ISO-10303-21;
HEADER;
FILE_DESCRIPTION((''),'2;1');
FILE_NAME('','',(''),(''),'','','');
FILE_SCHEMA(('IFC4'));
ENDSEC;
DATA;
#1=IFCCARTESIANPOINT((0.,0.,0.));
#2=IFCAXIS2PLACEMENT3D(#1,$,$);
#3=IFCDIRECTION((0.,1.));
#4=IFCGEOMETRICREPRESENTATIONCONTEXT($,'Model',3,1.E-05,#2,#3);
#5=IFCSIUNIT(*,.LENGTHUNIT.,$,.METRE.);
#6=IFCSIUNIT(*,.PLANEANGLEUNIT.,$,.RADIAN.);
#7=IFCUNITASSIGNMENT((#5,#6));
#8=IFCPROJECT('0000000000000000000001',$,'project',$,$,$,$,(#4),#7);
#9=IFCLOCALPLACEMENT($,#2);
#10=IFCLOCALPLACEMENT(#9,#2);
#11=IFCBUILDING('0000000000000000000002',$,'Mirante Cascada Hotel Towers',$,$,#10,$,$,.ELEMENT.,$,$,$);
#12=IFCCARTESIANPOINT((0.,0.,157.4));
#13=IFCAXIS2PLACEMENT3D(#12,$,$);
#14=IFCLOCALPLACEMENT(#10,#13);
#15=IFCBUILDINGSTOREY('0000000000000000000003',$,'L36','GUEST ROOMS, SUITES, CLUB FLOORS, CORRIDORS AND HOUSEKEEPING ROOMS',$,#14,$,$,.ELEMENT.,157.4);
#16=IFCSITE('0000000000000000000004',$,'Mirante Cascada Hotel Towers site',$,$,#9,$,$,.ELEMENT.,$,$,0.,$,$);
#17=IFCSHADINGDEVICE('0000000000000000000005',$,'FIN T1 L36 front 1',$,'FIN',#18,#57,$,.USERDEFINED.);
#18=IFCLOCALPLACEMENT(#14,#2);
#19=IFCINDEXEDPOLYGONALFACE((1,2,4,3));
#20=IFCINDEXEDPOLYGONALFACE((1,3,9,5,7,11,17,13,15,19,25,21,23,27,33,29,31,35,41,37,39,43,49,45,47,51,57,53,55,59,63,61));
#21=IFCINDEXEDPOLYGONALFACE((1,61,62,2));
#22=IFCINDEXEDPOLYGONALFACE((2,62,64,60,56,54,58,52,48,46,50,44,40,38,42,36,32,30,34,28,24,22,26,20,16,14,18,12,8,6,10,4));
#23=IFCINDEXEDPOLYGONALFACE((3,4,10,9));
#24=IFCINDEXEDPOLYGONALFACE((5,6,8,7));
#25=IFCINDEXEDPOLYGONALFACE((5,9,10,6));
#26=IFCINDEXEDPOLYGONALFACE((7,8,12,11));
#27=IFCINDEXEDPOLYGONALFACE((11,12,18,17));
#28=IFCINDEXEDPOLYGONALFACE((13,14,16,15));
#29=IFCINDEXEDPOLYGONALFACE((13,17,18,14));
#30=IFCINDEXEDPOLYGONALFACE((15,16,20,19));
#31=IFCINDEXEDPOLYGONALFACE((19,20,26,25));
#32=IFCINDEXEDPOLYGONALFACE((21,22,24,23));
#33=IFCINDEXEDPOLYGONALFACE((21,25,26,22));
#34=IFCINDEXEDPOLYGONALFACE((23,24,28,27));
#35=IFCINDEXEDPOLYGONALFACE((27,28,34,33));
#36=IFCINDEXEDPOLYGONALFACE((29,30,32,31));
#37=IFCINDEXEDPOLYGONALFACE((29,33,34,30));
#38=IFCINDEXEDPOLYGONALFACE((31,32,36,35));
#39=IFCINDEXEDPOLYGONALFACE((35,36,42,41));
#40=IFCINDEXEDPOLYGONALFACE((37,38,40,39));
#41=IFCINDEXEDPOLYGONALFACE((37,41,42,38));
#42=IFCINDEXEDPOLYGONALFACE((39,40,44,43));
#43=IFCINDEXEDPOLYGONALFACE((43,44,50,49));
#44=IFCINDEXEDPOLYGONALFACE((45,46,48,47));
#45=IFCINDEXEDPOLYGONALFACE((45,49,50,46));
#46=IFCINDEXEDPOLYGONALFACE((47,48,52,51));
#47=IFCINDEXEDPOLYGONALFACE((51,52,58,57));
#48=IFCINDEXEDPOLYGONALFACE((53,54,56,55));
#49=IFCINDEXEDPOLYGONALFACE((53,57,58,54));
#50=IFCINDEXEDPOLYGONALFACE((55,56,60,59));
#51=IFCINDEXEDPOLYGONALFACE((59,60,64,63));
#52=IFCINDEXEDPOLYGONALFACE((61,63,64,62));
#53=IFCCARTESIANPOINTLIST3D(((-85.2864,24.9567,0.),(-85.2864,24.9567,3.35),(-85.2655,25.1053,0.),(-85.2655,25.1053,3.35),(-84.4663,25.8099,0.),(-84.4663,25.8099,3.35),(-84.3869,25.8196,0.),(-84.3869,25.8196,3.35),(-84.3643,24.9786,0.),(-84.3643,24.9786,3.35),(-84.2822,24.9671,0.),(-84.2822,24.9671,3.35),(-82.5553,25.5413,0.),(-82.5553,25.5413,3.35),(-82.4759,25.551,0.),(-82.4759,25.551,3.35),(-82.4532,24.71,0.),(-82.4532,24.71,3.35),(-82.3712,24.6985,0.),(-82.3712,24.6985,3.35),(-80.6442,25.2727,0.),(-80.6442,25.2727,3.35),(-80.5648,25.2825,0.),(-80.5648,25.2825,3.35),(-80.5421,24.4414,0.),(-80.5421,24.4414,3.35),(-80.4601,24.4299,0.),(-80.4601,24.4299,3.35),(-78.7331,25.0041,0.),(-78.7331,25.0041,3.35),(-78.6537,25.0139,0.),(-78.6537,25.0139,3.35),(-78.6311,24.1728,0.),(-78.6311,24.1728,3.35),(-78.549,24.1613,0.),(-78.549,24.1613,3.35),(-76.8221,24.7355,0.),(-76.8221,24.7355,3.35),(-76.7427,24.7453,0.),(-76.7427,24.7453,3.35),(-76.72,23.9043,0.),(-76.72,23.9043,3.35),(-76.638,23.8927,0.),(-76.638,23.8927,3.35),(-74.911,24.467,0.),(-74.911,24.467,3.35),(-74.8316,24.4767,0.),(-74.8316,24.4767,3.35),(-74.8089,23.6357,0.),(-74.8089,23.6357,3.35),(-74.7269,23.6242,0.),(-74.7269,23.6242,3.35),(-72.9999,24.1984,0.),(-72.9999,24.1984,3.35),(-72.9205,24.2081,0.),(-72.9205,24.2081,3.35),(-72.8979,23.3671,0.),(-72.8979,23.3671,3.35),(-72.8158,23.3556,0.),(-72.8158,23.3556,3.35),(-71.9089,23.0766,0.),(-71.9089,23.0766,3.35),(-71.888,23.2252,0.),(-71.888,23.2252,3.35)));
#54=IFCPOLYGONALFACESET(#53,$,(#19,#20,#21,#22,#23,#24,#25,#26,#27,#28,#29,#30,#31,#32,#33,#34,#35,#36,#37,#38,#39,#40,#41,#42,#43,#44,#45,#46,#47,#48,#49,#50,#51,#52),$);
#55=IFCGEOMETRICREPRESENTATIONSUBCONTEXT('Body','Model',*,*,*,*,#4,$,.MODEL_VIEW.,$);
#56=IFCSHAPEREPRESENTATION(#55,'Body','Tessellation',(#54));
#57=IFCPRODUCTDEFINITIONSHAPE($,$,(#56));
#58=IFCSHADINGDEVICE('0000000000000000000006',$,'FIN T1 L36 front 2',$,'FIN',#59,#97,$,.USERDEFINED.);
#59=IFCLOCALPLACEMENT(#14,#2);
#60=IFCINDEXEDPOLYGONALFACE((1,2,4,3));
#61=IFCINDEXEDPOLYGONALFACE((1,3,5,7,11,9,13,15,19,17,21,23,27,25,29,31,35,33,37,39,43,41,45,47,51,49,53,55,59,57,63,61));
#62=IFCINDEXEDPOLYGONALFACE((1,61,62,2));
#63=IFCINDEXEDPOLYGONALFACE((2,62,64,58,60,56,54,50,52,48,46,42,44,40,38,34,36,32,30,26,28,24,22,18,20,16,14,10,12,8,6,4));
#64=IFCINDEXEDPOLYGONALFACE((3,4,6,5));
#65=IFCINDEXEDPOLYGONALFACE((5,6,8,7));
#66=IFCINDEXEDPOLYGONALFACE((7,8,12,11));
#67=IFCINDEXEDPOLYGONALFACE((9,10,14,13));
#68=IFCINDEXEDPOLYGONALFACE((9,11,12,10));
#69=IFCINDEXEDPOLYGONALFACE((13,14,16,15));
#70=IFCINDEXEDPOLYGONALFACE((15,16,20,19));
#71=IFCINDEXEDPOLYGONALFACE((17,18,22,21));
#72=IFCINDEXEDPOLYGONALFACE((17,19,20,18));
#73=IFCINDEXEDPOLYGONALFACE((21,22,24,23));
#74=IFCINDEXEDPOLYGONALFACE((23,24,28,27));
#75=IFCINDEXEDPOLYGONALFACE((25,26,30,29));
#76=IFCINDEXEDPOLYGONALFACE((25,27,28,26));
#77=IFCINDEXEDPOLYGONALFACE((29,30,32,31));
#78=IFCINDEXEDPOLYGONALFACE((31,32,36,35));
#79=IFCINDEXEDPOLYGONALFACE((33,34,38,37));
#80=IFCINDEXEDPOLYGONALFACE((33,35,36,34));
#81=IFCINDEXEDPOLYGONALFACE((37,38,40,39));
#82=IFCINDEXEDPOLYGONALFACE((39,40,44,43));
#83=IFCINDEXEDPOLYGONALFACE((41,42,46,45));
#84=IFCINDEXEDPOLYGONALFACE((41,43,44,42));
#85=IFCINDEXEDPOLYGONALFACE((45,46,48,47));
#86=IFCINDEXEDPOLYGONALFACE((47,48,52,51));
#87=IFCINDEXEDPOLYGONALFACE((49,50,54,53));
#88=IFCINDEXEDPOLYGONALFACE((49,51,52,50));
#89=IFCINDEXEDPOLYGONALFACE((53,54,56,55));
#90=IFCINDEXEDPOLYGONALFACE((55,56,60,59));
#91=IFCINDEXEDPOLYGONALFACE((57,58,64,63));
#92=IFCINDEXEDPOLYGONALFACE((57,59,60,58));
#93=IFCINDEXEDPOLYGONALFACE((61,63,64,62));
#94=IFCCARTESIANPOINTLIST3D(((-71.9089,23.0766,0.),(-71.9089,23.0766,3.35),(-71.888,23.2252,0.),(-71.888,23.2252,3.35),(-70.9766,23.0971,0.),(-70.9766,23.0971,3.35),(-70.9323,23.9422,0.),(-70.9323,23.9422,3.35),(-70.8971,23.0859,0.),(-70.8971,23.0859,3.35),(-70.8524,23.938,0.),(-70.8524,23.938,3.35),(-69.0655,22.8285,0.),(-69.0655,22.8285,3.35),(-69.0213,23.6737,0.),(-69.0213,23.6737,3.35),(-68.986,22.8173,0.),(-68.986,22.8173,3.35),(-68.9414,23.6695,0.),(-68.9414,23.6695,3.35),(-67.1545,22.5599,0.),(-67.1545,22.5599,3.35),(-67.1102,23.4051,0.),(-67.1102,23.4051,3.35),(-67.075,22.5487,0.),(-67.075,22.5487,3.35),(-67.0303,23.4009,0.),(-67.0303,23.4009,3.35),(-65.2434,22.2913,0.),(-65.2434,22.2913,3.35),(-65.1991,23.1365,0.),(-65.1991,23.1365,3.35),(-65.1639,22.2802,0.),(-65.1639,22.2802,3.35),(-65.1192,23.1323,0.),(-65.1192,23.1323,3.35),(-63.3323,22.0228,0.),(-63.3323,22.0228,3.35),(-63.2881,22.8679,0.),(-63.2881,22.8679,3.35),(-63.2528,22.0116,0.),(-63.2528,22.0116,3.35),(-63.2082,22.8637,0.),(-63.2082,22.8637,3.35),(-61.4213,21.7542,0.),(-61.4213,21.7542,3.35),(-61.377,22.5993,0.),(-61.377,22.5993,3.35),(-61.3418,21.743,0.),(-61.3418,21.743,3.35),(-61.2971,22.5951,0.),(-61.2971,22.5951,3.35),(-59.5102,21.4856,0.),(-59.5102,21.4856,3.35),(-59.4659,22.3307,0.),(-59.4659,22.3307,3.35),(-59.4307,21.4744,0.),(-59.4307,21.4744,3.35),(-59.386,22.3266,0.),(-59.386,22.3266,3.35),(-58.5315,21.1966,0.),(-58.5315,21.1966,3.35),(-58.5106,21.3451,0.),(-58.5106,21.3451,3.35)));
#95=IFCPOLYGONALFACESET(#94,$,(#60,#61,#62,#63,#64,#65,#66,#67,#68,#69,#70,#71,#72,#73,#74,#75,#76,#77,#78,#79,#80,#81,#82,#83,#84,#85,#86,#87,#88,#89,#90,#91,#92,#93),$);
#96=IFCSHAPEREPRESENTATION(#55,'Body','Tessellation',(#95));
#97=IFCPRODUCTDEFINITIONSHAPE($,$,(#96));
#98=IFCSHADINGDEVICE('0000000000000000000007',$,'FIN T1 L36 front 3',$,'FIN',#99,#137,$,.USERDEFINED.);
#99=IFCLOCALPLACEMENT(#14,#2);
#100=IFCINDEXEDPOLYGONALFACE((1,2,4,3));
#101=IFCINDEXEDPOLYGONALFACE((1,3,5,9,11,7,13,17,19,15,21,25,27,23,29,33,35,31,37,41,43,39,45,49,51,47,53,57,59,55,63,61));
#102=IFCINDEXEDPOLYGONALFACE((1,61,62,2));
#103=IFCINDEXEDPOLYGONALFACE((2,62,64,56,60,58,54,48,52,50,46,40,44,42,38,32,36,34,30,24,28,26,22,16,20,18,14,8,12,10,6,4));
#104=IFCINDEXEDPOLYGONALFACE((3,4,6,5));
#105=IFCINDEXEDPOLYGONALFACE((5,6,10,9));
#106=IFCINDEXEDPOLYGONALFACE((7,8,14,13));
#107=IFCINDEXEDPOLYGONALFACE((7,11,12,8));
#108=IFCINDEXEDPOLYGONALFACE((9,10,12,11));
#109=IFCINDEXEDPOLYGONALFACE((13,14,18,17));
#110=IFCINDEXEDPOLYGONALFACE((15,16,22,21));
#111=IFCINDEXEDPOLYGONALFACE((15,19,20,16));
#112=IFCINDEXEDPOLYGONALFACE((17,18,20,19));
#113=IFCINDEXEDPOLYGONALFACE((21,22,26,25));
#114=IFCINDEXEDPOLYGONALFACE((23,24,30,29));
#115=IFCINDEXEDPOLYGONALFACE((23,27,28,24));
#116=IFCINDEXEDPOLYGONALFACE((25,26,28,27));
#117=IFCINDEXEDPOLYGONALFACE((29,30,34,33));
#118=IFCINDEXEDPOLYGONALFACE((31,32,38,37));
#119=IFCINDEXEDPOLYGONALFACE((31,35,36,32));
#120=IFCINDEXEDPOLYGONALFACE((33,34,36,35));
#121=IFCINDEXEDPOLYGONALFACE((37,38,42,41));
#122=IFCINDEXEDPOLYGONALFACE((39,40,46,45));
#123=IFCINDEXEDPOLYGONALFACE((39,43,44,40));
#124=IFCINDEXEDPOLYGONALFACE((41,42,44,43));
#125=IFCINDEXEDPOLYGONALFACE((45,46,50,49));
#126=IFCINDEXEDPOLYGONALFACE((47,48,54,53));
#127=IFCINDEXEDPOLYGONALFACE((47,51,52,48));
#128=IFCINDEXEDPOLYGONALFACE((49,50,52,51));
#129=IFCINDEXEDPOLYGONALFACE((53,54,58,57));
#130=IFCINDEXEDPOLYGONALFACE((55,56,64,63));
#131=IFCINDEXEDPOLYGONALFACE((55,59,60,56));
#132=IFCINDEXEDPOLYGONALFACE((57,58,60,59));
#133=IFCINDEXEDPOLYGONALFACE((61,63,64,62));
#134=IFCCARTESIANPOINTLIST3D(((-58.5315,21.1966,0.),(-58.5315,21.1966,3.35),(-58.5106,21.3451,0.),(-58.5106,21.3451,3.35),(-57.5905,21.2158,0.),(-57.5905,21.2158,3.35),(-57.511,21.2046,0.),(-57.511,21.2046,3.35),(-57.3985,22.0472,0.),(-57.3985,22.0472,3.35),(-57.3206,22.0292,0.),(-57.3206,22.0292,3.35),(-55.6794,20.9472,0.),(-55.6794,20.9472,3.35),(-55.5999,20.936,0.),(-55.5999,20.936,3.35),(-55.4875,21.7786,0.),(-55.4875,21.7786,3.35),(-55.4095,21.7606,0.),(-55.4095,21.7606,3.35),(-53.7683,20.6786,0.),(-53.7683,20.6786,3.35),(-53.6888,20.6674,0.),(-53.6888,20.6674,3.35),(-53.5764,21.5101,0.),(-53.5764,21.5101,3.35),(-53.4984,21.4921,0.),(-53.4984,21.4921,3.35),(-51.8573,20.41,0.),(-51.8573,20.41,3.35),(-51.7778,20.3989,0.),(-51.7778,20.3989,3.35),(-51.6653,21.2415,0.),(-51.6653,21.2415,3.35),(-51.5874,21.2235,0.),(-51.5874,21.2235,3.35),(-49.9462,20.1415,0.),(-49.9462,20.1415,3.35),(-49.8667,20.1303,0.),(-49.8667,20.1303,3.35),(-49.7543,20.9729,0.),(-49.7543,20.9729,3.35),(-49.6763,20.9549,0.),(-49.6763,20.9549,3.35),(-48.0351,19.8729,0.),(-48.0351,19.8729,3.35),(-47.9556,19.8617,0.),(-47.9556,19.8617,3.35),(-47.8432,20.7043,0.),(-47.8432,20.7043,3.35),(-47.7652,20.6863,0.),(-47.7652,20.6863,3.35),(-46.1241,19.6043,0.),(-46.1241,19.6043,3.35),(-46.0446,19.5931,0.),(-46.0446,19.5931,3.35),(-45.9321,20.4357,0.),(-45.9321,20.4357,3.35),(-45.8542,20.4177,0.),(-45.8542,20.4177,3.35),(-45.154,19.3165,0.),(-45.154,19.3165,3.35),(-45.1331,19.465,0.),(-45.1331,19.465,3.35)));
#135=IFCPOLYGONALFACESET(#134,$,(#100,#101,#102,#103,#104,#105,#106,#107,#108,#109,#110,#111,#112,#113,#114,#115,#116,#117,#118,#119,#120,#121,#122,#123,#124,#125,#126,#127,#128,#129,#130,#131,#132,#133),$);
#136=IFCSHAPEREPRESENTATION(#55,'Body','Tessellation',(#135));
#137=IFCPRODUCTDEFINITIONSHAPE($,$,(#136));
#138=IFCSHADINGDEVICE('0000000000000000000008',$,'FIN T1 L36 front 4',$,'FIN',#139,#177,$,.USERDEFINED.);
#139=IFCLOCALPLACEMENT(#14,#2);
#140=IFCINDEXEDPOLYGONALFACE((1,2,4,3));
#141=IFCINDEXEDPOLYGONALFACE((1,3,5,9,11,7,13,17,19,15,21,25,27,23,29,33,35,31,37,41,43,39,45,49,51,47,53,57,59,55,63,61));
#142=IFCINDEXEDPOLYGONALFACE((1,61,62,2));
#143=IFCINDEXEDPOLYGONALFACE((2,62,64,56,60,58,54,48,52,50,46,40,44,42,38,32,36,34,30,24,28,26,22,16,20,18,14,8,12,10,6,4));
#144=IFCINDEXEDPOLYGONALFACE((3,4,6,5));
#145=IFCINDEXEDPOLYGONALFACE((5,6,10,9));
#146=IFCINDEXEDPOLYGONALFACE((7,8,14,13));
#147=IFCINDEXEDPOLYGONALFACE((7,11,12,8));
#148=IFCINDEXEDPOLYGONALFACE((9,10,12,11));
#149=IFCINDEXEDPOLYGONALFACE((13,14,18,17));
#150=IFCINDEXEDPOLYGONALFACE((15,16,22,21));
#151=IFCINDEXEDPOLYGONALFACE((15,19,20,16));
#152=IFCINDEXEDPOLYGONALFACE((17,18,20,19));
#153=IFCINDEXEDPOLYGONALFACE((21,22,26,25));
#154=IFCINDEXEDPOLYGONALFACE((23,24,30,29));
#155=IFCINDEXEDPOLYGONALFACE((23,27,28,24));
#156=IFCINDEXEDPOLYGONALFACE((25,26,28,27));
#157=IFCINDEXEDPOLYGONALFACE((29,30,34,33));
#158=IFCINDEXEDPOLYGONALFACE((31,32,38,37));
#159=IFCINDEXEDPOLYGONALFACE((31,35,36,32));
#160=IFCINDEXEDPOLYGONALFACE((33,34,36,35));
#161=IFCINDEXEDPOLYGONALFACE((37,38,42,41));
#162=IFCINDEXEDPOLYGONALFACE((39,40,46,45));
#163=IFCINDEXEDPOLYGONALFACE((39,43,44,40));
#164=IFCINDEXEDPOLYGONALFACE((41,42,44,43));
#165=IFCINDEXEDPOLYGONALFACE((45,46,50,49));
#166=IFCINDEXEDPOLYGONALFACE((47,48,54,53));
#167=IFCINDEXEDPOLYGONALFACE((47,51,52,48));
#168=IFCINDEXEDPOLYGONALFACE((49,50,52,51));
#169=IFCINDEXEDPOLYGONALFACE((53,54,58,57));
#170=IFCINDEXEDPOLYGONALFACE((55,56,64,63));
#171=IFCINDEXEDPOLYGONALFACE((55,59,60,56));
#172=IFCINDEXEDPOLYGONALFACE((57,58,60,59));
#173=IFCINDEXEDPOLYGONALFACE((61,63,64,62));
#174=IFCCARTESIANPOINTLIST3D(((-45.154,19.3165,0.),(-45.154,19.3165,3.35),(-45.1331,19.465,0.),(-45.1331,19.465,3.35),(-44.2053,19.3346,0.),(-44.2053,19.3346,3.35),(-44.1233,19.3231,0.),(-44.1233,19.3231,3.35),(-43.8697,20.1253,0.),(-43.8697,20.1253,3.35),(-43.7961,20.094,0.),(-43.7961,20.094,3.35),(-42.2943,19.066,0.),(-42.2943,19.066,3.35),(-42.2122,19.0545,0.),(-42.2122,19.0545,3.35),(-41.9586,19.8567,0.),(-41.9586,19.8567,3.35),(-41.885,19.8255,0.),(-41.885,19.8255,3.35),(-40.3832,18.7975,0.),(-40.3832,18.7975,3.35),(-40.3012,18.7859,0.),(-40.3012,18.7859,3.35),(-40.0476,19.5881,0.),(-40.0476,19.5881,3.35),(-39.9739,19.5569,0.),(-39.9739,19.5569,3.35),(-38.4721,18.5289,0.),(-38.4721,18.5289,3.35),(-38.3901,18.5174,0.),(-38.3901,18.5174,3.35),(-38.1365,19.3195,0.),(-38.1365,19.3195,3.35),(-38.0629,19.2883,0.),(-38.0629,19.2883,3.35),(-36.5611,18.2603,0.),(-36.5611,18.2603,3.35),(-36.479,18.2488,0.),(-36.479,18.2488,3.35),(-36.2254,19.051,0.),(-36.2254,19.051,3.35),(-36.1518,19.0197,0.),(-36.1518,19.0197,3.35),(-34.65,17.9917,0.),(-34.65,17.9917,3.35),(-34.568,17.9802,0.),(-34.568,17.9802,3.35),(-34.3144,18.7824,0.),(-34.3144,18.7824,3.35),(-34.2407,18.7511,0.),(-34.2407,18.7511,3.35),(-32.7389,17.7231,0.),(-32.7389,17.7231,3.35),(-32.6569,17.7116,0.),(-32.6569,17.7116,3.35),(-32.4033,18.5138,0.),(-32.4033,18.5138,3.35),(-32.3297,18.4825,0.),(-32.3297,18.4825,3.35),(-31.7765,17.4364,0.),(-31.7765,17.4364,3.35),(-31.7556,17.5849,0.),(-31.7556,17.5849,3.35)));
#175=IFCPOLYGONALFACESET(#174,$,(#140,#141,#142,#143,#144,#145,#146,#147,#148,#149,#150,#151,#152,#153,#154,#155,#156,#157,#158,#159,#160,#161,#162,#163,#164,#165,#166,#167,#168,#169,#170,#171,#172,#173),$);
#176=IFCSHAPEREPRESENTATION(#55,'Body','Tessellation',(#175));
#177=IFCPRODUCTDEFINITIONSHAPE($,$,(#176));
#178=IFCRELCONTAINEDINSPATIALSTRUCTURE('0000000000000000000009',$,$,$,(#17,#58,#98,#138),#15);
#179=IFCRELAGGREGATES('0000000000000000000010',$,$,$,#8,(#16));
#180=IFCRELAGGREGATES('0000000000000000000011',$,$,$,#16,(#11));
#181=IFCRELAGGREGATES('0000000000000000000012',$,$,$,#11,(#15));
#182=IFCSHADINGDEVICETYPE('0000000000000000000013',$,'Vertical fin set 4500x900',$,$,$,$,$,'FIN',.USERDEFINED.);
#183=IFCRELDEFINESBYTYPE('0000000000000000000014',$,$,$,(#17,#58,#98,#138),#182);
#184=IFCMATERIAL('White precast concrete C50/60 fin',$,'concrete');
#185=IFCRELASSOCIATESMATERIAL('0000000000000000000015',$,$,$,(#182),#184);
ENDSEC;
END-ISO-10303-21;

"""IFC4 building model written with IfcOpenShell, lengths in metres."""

from ifc_helpers import new_model, si_unit, direction, frame, origin, place, context, subcontext, project, spatial, polyline, outline, extrude, material, type_object, element, save


model = new_model("IFC4")

# Units and contexts
model_context = context("Model", 3, precision=1e-05, world=origin(), true_north=direction((0.0, 1.0)))
body_context = subcontext(model_context, "Body", "Model", "MODEL_VIEW")
ifc_project = project(units=[si_unit("LENGTHUNIT", "METRE"), si_unit("PLANEANGLEUNIT", "RADIAN")], contexts=[model_context])

# Site, building, storey
site_placement = place(None, origin())
site = spatial("IfcSite", under=ifc_project, at=site_placement, Name="Mirante Cascada Hotel Towers site", CompositionType="ELEMENT", RefElevation=0.0)
building_placement = place(site_placement, origin())
building = spatial("IfcBuilding", under=site, at=building_placement, Name="Mirante Cascada Hotel Towers", CompositionType="ELEMENT")
storey_placement = place(building_placement, frame((0.0, 0.0, 157.4)))
storey = spatial("IfcBuildingStorey", under=building, at=storey_placement, Name="L36", Description="GUEST ROOMS, SUITES, CLUB FLOORS, CORRIDORS AND HOUSEKEEPING ROOMS", CompositionType="ELEMENT", Elevation=157.4)

# Shading devices
ifc_material_1 = material(Name="White precast concrete C50/60 fin", Category="concrete")
shading_device_type = type_object("IfcShadingDeviceType", Name="Vertical fin set 4500x900", ElementType="FIN", PredefinedType="USERDEFINED", material=ifc_material_1)
shading_device_1_placement = place(storey_placement, origin())
element("IfcShadingDevice", 1, at=shading_device_1_placement, inside=storey, type_object=shading_device_type, Name="FIN T1 L36 front 1", ObjectType="FIN", PredefinedType="USERDEFINED", context=body_context, shape_type="SweptSolid", body=[
    extrude(outline(polyline([(-72.8158, 23.3556), (-71.888, 23.2252), (-71.9089, 23.0766), (-85.2864, 24.9567), (-85.2655, 25.1053), (-84.3643, 24.9786), (-84.4663, 25.8099), (-84.3869, 25.8196), (-84.2822, 24.9671), (-82.4532, 24.71), (-82.5553, 25.5413), (-82.4759, 25.551), (-82.3712, 24.6985), (-80.5421, 24.4414), (-80.6442, 25.2727), (-80.5648, 25.2825), (-80.4601, 24.4299), (-78.6311, 24.1728), (-78.7331, 25.0041), (-78.6537, 25.0139), (-78.549, 24.1613), (-76.72, 23.9043), (-76.8221, 24.7355), (-76.7427, 24.7453), (-76.638, 23.8927), (-74.8089, 23.6357), (-74.911, 24.467), (-74.8316, 24.4767), (-74.7269, 23.6242), (-72.8979, 23.3671), (-72.9999, 24.1984), (-72.9205, 24.2081), (-72.8158, 23.3556)])), origin(), (0.0, 0.0, 1.0), 3.35),
])
shading_device_2_placement = place(storey_placement, origin())
element("IfcShadingDevice", 2, at=shading_device_2_placement, inside=storey, type_object=shading_device_type, Name="FIN T1 L36 front 2", ObjectType="FIN", PredefinedType="USERDEFINED", context=body_context, shape_type="SweptSolid", body=[
    extrude(outline(polyline([(-59.4307, 21.4744), (-58.5106, 21.3451), (-58.5315, 21.1966), (-71.9089, 23.0766), (-71.888, 23.2252), (-70.9766, 23.0971), (-70.9323, 23.9422), (-70.8524, 23.938), (-70.8971, 23.0859), (-69.0655, 22.8285), (-69.0213, 23.6737), (-68.9414, 23.6695), (-68.986, 22.8173), (-67.1545, 22.5599), (-67.1102, 23.4051), (-67.0303, 23.4009), (-67.075, 22.5487), (-65.2434, 22.2913), (-65.1991, 23.1365), (-65.1192, 23.1323), (-65.1639, 22.2802), (-63.3323, 22.0228), (-63.2881, 22.8679), (-63.2082, 22.8637), (-63.2528, 22.0116), (-61.4213, 21.7542), (-61.377, 22.5993), (-61.2971, 22.5951), (-61.3418, 21.743), (-59.5102, 21.4856), (-59.4659, 22.3307), (-59.386, 22.3266), (-59.4307, 21.4744)])), origin(), (0.0, 0.0, 1.0), 3.35),
])
shading_device_3_placement = place(storey_placement, origin())
element("IfcShadingDevice", 3, at=shading_device_3_placement, inside=storey, type_object=shading_device_type, Name="FIN T1 L36 front 3", ObjectType="FIN", PredefinedType="USERDEFINED", context=body_context, shape_type="SweptSolid", body=[
    extrude(outline(polyline([(-46.0446, 19.5931), (-45.1331, 19.465), (-45.154, 19.3165), (-58.5315, 21.1966), (-58.5106, 21.3451), (-57.5905, 21.2158), (-57.3985, 22.0472), (-57.3206, 22.0292), (-57.511, 21.2046), (-55.6794, 20.9472), (-55.4875, 21.7786), (-55.4095, 21.7606), (-55.5999, 20.936), (-53.7683, 20.6786), (-53.5764, 21.5101), (-53.4984, 21.4921), (-53.6888, 20.6674), (-51.8573, 20.41), (-51.6653, 21.2415), (-51.5874, 21.2235), (-51.7778, 20.3989), (-49.9462, 20.1415), (-49.7543, 20.9729), (-49.6763, 20.9549), (-49.8667, 20.1303), (-48.0351, 19.8729), (-47.8432, 20.7043), (-47.7652, 20.6863), (-47.9556, 19.8617), (-46.1241, 19.6043), (-45.9321, 20.4357), (-45.8542, 20.4177), (-46.0446, 19.5931)])), origin(), (0.0, 0.0, 1.0), 3.35),
])
shading_device_4_placement = place(storey_placement, origin())
element("IfcShadingDevice", 4, at=shading_device_4_placement, inside=storey, type_object=shading_device_type, Name="FIN T1 L36 front 4", ObjectType="FIN", PredefinedType="USERDEFINED", context=body_context, shape_type="SweptSolid", body=[
    extrude(outline(polyline([(-32.6569, 17.7116), (-31.7556, 17.5849), (-31.7765, 17.4364), (-45.154, 19.3165), (-45.1331, 19.465), (-44.2053, 19.3346), (-43.8697, 20.1253), (-43.7961, 20.094), (-44.1233, 19.3231), (-42.2943, 19.066), (-41.9586, 19.8567), (-41.885, 19.8255), (-42.2122, 19.0545), (-40.3832, 18.7975), (-40.0476, 19.5881), (-39.9739, 19.5569), (-40.3012, 18.7859), (-38.4721, 18.5289), (-38.1365, 19.3195), (-38.0629, 19.2883), (-38.3901, 18.5174), (-36.5611, 18.2603), (-36.2254, 19.051), (-36.1518, 19.0197), (-36.479, 18.2488), (-34.65, 17.9917), (-34.3144, 18.7824), (-34.2407, 18.7511), (-34.568, 17.9802), (-32.7389, 17.7231), (-32.4033, 18.5138), (-32.3297, 18.4825), (-32.6569, 17.7116)])), origin(), (0.0, 0.0, 1.0), 3.35),
])

save(model, "model.ifc")
